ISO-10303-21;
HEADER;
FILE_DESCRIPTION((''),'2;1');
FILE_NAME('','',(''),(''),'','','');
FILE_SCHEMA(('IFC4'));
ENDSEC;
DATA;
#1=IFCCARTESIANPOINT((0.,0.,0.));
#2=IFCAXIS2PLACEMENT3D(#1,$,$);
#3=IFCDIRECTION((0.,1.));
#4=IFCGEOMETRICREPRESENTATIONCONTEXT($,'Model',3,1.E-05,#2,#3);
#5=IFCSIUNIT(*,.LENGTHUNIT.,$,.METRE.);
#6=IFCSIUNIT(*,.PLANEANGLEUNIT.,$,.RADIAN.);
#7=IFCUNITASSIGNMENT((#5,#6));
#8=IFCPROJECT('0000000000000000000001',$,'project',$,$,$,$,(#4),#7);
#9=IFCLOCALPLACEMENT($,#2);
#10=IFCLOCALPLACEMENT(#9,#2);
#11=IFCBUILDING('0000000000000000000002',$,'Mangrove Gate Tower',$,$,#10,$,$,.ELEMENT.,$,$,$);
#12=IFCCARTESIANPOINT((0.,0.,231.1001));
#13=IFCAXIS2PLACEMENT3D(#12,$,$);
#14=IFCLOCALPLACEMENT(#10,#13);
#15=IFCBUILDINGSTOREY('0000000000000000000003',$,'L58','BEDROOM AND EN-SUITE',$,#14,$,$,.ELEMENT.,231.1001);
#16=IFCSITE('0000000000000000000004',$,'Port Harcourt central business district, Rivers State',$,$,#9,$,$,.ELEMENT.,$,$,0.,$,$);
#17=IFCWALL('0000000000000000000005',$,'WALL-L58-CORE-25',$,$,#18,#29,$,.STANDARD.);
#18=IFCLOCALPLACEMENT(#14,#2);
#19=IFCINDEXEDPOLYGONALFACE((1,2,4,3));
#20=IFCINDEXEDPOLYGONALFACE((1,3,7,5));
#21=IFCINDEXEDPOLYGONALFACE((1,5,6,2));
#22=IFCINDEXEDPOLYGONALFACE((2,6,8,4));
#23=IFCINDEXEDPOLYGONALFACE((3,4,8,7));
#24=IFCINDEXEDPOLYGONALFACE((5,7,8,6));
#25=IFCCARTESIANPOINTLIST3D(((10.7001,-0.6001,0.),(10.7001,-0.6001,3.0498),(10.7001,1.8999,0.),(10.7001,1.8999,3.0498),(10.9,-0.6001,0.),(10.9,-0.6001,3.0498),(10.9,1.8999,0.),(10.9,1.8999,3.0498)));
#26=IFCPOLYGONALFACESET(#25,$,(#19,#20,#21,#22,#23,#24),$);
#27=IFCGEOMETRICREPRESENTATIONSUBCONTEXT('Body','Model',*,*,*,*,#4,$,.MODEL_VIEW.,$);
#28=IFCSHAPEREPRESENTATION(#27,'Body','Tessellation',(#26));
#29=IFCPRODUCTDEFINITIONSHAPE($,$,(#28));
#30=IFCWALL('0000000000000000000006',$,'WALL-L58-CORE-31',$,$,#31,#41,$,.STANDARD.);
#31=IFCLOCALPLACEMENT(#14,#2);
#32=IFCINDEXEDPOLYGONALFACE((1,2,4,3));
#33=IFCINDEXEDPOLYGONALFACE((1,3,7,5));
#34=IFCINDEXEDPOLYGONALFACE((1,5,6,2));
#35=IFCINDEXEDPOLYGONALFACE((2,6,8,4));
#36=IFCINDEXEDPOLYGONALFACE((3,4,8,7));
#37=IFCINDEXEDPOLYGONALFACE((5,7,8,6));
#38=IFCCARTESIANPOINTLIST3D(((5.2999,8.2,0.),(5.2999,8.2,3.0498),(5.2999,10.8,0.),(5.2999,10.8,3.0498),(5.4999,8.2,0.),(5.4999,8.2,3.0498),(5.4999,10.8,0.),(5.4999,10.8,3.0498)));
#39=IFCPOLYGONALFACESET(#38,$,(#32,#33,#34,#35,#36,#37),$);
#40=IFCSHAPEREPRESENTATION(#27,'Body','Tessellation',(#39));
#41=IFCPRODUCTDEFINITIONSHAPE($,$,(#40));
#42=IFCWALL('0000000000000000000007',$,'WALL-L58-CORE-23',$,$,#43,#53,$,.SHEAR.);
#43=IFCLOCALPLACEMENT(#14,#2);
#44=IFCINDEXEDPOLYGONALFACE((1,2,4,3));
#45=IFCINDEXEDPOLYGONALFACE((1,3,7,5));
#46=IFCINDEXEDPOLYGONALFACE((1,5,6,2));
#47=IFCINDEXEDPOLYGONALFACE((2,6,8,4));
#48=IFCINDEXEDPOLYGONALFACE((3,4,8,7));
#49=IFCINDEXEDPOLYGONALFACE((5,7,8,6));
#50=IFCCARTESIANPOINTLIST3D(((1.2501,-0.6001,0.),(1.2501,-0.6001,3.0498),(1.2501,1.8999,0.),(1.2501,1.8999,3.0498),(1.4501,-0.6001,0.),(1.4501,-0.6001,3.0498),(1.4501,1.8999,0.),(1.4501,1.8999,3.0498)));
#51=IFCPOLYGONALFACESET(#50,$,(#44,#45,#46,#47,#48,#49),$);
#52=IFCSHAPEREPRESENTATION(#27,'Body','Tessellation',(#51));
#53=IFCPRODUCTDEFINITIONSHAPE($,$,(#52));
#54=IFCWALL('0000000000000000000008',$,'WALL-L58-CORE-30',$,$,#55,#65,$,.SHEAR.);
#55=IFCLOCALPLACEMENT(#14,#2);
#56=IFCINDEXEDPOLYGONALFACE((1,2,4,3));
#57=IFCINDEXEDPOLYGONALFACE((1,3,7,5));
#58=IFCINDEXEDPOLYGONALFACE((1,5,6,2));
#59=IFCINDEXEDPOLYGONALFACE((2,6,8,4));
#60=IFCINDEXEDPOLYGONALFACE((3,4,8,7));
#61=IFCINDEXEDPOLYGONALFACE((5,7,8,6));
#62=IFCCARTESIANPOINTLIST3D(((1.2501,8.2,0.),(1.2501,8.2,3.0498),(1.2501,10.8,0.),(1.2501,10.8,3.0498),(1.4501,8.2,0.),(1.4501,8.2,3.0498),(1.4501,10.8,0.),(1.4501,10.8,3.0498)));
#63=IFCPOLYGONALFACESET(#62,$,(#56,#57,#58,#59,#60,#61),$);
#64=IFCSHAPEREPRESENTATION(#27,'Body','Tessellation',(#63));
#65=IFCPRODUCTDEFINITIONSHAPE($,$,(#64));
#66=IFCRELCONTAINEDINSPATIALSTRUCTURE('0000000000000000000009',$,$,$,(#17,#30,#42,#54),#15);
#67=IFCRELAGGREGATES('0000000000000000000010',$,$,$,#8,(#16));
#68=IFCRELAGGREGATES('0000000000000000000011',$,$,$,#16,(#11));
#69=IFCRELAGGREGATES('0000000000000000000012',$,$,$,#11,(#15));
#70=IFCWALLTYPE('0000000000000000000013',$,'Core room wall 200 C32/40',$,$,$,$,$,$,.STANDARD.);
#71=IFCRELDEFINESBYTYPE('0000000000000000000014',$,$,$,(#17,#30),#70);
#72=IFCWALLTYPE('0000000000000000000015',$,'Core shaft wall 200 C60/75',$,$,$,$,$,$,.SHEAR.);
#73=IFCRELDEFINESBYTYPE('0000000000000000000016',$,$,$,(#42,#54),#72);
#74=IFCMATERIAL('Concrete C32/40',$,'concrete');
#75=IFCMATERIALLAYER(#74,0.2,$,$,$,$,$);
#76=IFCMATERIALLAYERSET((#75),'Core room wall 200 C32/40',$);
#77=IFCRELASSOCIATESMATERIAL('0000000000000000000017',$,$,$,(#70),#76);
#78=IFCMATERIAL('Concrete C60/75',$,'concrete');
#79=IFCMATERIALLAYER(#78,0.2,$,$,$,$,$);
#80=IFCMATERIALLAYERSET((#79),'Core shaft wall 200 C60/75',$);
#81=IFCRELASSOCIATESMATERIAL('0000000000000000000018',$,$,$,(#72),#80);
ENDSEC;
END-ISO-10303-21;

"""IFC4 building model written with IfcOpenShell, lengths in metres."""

from ifc_helpers import new_model, si_unit, direction, frame, frame_2d, origin, place, context, subcontext, project, spatial, rectangle, extrude, material, layer, layer_set, type_object, element, save


model = new_model("IFC4")

# Units and contexts
model_context = context("Model", 3, precision=1e-05, world=origin(), true_north=direction((0.0, 1.0)))
body_context = subcontext(model_context, "Body", "Model", "MODEL_VIEW")
ifc_project = project(units=[si_unit("LENGTHUNIT", "METRE"), si_unit("PLANEANGLEUNIT", "RADIAN")], contexts=[model_context])

# Site, building, storey
site_placement = place(None, origin())
site = spatial("IfcSite", under=ifc_project, at=site_placement, Name="Port Harcourt central business district, Rivers State", CompositionType="ELEMENT", RefElevation=0.0)
building_placement = place(site_placement, origin())
building = spatial("IfcBuilding", under=site, at=building_placement, Name="Mangrove Gate Tower", CompositionType="ELEMENT")
storey_placement = place(building_placement, frame((0.0, 0.0, 231.1001)))
storey = spatial("IfcBuildingStorey", under=building, at=storey_placement, Name="L58", Description="BEDROOM AND EN-SUITE", CompositionType="ELEMENT", Elevation=231.1001)

# Walls
ifc_material_1 = material(Name="Concrete C32/40", Category="concrete")
ifc_layer_1 = layer(ifc_material_1, 0.2)
ifc_layer_set_1 = layer_set([ifc_layer_1], Name="Core room wall 200 C32/40")
wall_type_1 = type_object("IfcWallType", Name="Core room wall 200 C32/40", PredefinedType="STANDARD", material=ifc_layer_set_1)
for number, where, z_axis, x_axis, name in (
    (1, (10.8, -0.6001, 0.0), (0.0, 0.0, 1.0), (0.0, 1.0, 0.0), "WALL-L58-CORE-25"),
):
    element("IfcWall", number, at=place(storey_placement, frame(where, z_axis=z_axis, x_axis=x_axis)), inside=storey, type_object=wall_type_1, Name=name, PredefinedType="STANDARD", context=body_context, shape_type="SweptSolid", body=[
        extrude(rectangle(XDim=2.5, YDim=0.2, at=frame_2d((1.25, 0.0))), origin(), (0.0, 0.0, 1.0), 3.0498),
    ])
wall_1_placement = place(storey_placement, frame((5.3999, 8.2, 0.0), z_axis=(0.0, 0.0, 1.0), x_axis=(0.0, 1.0, 0.0)))
element("IfcWall", 2, at=wall_1_placement, inside=storey, type_object=wall_type_1, Name="WALL-L58-CORE-31", PredefinedType="STANDARD", context=body_context, shape_type="SweptSolid", body=[
    extrude(rectangle(XDim=2.6001, YDim=0.2, at=frame_2d((1.3, 0.0))), origin(), (0.0, 0.0, 1.0), 3.0498),
])
ifc_material_2 = material(Name="Concrete C60/75", Category="concrete")
ifc_layer_2 = layer(ifc_material_2, 0.2)
ifc_layer_set_2 = layer_set([ifc_layer_2], Name="Core shaft wall 200 C60/75")
wall_type_2 = type_object("IfcWallType", Name="Core shaft wall 200 C60/75", PredefinedType="SHEAR", material=ifc_layer_set_2)
wall_2_placement = place(storey_placement, frame((1.3501, -0.6001, 0.0), z_axis=(0.0, 0.0, 1.0), x_axis=(0.0, 1.0, 0.0)))
element("IfcWall", 3, at=wall_2_placement, inside=storey, type_object=wall_type_2, Name="WALL-L58-CORE-23", PredefinedType="SHEAR", context=body_context, shape_type="SweptSolid", body=[
    extrude(rectangle(XDim=2.5, YDim=0.2, at=frame_2d((1.25, 0.0))), origin(), (0.0, 0.0, 1.0), 3.0498),
])
wall_3_placement = place(storey_placement, frame((1.3501, 8.2, 0.0), z_axis=(0.0, 0.0, 1.0), x_axis=(0.0, 1.0, 0.0)))
element("IfcWall", 4, at=wall_3_placement, inside=storey, type_object=wall_type_2, Name="WALL-L58-CORE-30", PredefinedType="SHEAR", context=body_context, shape_type="SweptSolid", body=[
    extrude(rectangle(XDim=2.6001, YDim=0.2, at=frame_2d((1.3, 0.0))), origin(), (0.0, 0.0, 1.0), 3.0498),
])

save(model, "model.ifc")
